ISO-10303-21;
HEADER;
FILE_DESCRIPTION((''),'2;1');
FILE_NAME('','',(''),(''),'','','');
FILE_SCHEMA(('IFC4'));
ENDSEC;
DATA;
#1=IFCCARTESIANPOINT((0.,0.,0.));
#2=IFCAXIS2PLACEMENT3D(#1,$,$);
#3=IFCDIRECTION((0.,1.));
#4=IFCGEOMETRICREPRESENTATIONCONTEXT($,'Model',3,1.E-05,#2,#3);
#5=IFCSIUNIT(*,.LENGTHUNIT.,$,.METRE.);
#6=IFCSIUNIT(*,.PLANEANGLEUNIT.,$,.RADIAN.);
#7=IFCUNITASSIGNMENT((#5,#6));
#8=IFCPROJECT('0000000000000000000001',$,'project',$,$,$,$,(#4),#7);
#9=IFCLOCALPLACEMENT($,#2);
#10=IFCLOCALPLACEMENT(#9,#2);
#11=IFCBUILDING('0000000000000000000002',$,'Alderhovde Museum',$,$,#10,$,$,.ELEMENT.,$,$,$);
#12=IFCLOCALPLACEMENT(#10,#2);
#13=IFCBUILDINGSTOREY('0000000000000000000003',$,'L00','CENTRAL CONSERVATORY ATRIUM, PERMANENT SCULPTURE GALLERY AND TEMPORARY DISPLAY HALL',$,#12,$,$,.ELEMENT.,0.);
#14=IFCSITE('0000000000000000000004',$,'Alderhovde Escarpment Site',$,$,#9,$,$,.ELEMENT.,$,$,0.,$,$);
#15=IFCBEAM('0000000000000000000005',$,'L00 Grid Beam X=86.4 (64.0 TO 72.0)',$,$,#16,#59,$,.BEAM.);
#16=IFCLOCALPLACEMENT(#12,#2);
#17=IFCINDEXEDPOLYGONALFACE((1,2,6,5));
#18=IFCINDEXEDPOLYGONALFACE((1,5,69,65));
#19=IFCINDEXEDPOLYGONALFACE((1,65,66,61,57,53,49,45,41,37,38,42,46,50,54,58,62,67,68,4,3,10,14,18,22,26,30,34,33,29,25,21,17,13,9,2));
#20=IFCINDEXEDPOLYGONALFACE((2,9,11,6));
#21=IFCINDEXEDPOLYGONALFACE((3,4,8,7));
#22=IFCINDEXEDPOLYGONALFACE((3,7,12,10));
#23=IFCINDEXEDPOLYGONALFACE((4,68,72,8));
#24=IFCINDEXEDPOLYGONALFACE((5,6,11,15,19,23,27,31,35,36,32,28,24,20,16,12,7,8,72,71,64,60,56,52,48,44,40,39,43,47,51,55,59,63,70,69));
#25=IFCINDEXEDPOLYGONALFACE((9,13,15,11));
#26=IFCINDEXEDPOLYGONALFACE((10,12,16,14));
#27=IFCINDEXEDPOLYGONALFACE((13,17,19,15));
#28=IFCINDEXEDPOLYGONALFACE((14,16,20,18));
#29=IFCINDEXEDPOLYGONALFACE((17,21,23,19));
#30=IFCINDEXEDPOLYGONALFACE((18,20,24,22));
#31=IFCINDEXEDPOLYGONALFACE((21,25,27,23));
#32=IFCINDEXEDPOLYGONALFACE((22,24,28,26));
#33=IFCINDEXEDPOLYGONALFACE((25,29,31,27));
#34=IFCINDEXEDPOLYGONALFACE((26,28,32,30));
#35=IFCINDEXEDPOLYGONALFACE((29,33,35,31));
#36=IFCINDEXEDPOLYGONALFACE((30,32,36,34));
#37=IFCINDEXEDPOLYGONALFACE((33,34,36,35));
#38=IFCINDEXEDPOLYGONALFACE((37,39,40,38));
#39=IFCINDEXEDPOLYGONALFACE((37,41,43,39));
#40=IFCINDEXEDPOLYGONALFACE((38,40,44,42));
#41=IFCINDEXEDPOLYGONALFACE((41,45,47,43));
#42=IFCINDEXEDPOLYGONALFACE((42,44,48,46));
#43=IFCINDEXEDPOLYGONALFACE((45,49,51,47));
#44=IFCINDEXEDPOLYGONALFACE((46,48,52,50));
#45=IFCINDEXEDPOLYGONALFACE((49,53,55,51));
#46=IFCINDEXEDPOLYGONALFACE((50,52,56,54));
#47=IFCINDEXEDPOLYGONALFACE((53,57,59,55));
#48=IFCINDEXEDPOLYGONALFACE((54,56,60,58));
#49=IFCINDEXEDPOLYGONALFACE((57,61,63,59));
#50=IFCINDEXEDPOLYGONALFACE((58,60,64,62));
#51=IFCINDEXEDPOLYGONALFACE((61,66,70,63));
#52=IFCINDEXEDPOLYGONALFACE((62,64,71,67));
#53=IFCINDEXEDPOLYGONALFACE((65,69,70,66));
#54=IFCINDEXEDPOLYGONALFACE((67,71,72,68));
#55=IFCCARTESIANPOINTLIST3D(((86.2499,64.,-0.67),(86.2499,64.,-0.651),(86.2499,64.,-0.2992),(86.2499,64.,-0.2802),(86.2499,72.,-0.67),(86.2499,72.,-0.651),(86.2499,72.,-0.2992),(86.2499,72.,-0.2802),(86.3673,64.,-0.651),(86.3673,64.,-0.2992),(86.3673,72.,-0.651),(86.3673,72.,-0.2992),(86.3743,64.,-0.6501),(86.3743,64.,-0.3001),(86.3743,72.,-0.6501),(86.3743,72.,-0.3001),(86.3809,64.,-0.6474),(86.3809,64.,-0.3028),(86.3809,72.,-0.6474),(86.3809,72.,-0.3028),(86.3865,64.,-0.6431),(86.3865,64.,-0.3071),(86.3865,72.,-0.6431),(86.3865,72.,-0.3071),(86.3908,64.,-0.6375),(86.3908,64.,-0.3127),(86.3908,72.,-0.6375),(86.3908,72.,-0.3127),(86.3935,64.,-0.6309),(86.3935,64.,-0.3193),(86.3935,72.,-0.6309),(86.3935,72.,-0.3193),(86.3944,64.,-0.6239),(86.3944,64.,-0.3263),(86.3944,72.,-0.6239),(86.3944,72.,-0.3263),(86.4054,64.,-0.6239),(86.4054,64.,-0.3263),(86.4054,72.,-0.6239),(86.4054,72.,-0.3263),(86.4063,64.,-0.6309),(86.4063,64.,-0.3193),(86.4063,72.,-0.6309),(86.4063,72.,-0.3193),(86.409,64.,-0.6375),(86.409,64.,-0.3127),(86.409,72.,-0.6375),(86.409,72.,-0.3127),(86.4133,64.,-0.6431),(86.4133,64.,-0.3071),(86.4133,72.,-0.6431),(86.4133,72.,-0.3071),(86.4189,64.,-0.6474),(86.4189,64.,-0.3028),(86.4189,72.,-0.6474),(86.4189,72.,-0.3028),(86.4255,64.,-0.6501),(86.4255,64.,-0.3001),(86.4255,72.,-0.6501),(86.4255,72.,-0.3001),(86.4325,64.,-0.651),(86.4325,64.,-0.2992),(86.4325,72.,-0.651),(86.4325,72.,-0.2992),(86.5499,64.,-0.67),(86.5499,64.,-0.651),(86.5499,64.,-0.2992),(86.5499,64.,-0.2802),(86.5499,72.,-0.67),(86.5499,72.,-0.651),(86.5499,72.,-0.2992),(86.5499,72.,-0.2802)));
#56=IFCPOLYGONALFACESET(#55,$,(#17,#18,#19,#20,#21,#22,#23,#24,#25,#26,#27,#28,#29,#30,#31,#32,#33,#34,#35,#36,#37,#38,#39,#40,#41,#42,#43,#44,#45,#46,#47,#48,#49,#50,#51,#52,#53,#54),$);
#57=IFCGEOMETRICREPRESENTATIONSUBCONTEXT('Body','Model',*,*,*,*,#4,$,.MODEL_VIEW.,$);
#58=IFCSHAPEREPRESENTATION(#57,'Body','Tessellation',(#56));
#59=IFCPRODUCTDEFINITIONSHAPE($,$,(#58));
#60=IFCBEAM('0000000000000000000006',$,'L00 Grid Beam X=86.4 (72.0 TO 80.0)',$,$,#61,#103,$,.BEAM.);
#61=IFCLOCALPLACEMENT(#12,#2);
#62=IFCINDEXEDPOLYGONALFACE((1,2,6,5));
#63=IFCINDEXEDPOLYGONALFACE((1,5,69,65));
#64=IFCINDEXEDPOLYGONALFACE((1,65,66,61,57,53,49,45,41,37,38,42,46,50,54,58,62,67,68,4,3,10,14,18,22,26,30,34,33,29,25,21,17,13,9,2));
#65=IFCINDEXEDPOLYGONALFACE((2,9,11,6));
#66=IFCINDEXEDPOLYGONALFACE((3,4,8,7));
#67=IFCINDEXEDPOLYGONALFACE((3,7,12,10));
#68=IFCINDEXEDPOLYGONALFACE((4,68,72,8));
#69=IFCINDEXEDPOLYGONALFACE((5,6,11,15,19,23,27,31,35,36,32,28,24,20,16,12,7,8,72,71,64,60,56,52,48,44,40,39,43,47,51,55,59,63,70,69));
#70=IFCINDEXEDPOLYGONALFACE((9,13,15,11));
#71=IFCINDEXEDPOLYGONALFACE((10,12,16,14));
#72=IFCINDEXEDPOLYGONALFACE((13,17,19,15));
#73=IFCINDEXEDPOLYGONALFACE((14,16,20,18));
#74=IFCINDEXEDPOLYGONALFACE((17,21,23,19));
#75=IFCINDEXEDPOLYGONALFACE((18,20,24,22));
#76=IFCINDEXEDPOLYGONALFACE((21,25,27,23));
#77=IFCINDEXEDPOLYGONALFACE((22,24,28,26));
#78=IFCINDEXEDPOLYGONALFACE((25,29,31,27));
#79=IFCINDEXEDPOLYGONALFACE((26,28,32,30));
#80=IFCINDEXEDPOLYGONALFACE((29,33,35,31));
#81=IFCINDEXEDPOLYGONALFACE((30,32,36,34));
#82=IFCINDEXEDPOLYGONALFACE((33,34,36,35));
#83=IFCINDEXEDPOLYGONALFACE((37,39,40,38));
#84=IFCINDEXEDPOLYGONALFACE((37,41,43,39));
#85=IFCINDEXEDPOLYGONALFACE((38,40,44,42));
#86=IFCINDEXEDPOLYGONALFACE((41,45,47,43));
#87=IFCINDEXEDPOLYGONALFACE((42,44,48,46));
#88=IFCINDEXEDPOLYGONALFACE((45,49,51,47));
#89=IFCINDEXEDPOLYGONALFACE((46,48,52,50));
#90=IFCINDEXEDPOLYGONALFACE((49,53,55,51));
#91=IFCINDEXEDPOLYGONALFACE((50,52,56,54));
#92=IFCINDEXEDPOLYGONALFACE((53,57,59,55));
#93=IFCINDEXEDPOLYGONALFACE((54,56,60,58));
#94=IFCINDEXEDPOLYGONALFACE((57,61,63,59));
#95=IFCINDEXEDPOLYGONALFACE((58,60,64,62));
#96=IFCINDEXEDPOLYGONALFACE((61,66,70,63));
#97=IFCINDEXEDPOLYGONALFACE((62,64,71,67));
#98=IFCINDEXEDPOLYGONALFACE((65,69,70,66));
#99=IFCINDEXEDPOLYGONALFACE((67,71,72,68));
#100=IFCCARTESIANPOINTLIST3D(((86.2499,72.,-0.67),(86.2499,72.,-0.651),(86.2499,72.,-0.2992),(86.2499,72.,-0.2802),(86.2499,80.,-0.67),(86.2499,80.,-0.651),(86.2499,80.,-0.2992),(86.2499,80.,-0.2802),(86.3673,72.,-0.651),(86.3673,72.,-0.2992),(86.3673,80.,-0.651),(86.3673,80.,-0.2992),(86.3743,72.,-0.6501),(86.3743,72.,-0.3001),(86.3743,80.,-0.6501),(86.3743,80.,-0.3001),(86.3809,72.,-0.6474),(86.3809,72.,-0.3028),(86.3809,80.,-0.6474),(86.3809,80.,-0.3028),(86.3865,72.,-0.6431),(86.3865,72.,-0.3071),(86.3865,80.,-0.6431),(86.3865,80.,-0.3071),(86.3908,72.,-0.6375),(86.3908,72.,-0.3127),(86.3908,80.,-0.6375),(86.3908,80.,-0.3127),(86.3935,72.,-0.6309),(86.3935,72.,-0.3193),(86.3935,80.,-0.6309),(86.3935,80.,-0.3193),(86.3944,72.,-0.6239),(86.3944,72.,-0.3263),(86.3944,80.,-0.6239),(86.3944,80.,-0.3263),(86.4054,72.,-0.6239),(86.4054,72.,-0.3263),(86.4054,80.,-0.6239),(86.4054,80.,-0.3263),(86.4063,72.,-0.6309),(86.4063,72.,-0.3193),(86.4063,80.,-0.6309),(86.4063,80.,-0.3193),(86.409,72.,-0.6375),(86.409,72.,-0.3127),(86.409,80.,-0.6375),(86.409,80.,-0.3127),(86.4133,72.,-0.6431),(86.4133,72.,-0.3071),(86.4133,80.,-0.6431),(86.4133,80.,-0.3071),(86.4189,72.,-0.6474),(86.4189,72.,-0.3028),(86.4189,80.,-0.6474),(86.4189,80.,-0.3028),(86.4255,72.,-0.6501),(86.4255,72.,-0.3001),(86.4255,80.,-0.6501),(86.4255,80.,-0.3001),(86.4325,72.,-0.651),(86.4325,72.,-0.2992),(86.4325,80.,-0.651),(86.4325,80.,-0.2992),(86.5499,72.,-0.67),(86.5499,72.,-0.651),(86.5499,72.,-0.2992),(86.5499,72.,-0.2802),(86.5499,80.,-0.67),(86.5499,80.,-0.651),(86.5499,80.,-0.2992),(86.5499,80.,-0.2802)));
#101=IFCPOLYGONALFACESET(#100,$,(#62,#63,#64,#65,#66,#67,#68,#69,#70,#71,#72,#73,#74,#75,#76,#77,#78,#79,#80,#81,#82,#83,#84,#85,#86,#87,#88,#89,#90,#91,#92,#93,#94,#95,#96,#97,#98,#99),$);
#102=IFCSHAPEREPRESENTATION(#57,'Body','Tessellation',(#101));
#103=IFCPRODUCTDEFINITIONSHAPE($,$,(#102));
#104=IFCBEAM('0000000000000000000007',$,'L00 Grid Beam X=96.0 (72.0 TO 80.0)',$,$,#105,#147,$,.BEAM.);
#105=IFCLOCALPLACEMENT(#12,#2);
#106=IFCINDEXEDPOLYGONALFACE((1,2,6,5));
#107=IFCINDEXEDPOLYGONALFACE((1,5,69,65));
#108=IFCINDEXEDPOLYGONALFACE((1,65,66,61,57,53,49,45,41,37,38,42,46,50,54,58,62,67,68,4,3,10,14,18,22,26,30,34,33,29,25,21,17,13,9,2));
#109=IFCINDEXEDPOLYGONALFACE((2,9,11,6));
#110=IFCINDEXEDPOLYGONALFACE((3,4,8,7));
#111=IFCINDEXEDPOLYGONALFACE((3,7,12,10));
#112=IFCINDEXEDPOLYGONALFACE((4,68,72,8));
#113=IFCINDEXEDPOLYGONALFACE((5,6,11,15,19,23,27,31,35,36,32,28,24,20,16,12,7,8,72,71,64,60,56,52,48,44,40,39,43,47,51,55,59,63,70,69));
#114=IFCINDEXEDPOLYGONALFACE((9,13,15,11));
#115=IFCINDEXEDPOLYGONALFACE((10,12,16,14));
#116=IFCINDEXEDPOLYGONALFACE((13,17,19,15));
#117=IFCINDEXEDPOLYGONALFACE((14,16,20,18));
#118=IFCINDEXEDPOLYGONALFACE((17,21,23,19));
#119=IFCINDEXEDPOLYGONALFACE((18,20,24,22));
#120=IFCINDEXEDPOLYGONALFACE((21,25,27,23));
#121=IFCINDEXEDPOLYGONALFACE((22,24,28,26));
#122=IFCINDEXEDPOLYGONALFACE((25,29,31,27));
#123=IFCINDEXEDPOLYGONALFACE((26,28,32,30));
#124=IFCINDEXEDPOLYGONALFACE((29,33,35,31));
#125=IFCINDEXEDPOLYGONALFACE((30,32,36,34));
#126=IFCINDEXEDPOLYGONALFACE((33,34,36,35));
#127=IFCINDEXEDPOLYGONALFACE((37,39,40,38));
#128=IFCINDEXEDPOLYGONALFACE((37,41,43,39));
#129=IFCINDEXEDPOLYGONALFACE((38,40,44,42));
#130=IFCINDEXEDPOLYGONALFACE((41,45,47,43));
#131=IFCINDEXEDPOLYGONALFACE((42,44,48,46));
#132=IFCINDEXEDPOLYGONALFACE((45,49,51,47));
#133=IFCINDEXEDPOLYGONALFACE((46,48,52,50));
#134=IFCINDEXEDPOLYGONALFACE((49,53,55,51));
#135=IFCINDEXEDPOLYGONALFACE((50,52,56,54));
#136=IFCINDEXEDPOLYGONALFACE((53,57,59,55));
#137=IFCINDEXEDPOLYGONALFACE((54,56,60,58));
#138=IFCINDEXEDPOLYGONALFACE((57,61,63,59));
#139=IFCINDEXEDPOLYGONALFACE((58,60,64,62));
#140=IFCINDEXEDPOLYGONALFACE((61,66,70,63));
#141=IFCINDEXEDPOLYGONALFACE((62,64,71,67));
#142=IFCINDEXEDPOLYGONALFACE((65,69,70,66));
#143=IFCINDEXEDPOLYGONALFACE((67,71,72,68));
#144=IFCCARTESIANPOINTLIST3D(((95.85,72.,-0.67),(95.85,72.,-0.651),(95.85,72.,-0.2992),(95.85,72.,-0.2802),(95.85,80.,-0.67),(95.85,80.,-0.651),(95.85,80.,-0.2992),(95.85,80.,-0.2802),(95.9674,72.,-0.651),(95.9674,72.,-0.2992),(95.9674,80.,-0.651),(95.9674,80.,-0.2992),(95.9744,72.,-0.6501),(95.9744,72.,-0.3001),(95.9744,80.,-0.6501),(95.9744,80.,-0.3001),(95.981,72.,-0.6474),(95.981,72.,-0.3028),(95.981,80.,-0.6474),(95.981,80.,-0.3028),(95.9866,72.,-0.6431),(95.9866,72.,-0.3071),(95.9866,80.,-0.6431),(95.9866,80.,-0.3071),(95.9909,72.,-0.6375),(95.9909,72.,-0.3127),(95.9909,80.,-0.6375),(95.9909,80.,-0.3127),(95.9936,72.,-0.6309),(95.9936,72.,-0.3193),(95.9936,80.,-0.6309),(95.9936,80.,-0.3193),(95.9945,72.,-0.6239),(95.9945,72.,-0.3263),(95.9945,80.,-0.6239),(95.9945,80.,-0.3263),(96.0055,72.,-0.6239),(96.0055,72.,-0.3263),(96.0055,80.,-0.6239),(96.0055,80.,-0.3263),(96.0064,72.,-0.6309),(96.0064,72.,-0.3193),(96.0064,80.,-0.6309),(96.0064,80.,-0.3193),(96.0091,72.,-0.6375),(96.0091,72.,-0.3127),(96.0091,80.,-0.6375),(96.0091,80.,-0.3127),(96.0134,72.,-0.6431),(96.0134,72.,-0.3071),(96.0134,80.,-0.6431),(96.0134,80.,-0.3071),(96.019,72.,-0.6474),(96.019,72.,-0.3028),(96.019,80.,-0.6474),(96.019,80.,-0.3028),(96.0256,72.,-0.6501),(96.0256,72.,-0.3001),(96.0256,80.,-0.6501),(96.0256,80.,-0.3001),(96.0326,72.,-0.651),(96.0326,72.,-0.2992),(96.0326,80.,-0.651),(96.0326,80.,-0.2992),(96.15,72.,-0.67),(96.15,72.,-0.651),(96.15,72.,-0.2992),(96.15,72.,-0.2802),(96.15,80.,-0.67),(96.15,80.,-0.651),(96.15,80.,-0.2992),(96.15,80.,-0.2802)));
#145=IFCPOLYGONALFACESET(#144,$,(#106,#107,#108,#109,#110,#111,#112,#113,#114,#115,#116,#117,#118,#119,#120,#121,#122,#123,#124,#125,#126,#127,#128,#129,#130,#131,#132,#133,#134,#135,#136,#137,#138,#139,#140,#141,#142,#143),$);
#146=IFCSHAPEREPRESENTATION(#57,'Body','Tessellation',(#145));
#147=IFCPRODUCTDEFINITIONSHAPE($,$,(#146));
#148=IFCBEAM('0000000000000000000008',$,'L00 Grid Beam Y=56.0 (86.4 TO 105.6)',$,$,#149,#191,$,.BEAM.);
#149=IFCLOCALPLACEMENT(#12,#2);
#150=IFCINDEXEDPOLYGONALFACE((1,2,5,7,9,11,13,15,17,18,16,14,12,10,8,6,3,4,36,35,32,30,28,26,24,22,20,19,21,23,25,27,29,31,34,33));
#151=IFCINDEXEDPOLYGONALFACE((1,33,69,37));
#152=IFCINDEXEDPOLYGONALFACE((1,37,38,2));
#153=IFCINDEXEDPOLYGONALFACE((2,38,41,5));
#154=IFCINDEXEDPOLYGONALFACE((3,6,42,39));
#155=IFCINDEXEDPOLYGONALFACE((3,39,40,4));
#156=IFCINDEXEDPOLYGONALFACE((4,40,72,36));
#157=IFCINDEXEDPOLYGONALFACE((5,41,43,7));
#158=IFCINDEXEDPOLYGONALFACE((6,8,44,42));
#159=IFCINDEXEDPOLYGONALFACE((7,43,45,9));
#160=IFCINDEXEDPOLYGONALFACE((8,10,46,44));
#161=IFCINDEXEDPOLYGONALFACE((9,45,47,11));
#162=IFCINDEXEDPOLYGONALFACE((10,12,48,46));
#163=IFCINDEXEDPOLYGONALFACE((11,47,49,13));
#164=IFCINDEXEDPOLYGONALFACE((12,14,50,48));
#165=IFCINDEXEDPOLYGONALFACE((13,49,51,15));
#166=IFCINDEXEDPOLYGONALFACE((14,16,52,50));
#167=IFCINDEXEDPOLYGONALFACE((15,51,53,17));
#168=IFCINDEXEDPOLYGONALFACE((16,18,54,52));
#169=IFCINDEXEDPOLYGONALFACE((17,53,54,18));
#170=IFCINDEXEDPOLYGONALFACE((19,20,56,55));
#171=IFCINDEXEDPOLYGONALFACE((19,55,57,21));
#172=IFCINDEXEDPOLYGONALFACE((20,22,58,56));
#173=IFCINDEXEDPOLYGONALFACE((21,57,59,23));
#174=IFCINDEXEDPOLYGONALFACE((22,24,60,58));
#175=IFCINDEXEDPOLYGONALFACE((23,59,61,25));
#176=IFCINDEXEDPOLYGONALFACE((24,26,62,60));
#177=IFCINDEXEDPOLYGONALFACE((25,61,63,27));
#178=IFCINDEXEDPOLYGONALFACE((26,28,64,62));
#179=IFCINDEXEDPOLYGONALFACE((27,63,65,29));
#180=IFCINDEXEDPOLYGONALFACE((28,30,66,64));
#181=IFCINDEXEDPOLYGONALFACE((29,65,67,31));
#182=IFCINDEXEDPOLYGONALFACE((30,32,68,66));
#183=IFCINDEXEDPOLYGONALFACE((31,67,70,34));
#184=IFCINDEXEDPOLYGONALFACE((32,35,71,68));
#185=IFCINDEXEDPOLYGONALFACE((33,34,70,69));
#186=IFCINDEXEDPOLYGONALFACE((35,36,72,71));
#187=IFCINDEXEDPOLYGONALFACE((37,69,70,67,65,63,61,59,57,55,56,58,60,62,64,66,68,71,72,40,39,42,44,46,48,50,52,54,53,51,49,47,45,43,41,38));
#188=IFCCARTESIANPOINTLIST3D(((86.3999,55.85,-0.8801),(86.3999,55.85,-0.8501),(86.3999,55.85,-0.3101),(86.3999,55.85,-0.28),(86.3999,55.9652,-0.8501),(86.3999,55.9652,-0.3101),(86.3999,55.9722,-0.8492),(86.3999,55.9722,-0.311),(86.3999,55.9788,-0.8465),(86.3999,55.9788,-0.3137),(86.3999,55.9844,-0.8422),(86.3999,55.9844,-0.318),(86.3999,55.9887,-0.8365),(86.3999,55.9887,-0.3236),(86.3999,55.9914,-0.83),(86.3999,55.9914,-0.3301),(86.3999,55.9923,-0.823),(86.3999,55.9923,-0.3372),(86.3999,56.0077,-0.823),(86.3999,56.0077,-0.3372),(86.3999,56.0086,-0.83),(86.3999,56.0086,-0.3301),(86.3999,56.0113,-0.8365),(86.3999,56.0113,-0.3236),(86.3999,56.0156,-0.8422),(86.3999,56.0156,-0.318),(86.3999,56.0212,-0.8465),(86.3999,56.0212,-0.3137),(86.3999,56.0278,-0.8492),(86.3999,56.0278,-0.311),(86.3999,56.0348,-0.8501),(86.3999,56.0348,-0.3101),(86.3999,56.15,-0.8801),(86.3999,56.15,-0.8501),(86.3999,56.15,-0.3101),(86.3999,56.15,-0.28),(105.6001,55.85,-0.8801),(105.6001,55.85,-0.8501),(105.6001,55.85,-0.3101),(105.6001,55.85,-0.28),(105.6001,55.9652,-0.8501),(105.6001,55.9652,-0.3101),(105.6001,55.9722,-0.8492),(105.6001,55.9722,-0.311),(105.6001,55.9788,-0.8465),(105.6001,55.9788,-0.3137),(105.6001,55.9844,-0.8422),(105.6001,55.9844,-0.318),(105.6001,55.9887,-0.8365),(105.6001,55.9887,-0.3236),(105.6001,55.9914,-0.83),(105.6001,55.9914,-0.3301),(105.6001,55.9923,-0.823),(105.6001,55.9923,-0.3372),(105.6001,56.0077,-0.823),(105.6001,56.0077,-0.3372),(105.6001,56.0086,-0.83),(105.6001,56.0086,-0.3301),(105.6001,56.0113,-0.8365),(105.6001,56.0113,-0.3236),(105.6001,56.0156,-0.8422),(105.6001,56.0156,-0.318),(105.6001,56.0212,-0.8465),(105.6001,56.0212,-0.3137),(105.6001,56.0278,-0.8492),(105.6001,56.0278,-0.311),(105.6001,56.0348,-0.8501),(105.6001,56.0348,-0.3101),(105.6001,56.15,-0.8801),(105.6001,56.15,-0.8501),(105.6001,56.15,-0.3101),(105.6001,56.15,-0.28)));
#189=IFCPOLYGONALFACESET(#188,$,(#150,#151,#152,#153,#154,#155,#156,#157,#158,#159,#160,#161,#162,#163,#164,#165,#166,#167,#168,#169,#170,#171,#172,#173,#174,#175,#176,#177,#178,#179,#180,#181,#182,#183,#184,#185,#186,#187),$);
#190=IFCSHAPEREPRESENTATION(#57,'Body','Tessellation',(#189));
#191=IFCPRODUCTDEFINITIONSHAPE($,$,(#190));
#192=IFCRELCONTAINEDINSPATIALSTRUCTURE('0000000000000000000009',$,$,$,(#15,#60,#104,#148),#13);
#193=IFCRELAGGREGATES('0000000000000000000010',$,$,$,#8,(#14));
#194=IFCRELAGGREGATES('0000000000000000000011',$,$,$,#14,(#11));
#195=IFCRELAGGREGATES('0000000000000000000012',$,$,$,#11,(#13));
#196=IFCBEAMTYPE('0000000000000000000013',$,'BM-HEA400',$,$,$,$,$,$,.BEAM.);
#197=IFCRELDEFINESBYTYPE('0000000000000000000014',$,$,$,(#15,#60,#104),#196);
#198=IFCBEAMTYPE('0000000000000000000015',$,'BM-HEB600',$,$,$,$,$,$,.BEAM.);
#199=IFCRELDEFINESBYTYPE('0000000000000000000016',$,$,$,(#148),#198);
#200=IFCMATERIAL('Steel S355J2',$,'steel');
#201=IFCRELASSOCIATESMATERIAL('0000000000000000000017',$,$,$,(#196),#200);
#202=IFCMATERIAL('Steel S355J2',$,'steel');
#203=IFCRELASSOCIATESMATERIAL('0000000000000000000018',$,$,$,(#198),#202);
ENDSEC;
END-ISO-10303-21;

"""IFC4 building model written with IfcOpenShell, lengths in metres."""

from ifc_helpers import new_model, si_unit, direction, frame, origin, origin_2d, place, context, subcontext, project, spatial, i_section, extrude, material, material_profile, profile_set, type_object, element, save


model = new_model("IFC4")

# Units and contexts
model_context = context("Model", 3, precision=1e-05, world=origin(), true_north=direction((0.0, 1.0)))
body_context = subcontext(model_context, "Body", "Model", "MODEL_VIEW")
ifc_project = project(units=[si_unit("LENGTHUNIT", "METRE"), si_unit("PLANEANGLEUNIT", "RADIAN")], contexts=[model_context])

# Site, building, storey
site_placement = place(None, origin())
site = spatial("IfcSite", under=ifc_project, at=site_placement, Name="Alderhovde Escarpment Site", CompositionType="ELEMENT", RefElevation=0.0)
building_placement = place(site_placement, origin())
building = spatial("IfcBuilding", under=site, at=building_placement, Name="Alderhovde Museum", CompositionType="ELEMENT")
storey_placement = place(building_placement, origin())
storey = spatial("IfcBuildingStorey", under=building, at=storey_placement, Name="L00", Description="CENTRAL CONSERVATORY ATRIUM, PERMANENT SCULPTURE GALLERY AND TEMPORARY DISPLAY HALL", CompositionType="ELEMENT", Elevation=0.0)

# Beams
ifc_material_1 = material(Name="Steel S355J2", Category="steel")
ifc_material_profile_1 = material_profile(ifc_material_1, i_section(OverallWidth=0.3, OverallDepth=0.3899, WebThickness=0.011, FlangeThickness=0.019, FilletRadius=0.0271, at=origin_2d()), Name="HEA 400")
ifc_profile_set_1 = profile_set([ifc_material_profile_1], Name="Steel S355J2")
beam_type_1 = type_object("IfcBeamType", Name="BM-HEA400", PredefinedType="BEAM", material=ifc_profile_set_1)
for number, where, z_axis, x_axis, name in (
    (1, (86.3999, 64.0, -0.4751), (0.0, 1.0, 0.0), (-1.0, 0.0, 0.0), "L00 Grid Beam X=86.4 (64.0 TO 72.0)"),
    (2, (86.3999, 72.0, -0.4751), (0.0, 1.0, 0.0), (-1.0, 0.0, 0.0), "L00 Grid Beam X=86.4 (72.0 TO 80.0)"),
    (3, (96.0, 72.0, -0.4751), (0.0, 1.0, 0.0), (-1.0, 0.0, 0.0), "L00 Grid Beam X=96.0 (72.0 TO 80.0)"),
):
    element("IfcBeam", number, at=place(storey_placement, frame(where, z_axis=z_axis, x_axis=x_axis)), inside=storey, type_object=beam_type_1, Name=name, PredefinedType="BEAM", context=body_context, shape_type="SweptSolid", body=[
        extrude(i_section(OverallWidth=0.3, OverallDepth=0.3899, WebThickness=0.011, FlangeThickness=0.019, FilletRadius=0.0271, at=origin_2d()), origin(), (0.0, 0.0, 1.0), 8.0),
    ])
ifc_material_2 = material(Name="Steel S355J2", Category="steel")
ifc_material_profile_2 = material_profile(ifc_material_2, i_section(OverallWidth=0.3, OverallDepth=0.6001, WebThickness=0.0154, FlangeThickness=0.03, FilletRadius=0.0271, at=origin_2d()), Name="HEB 600")
ifc_profile_set_2 = profile_set([ifc_material_profile_2], Name="Steel S355J2")
beam_type_2 = type_object("IfcBeamType", Name="BM-HEB600", PredefinedType="BEAM", material=ifc_profile_set_2)
for number, where, z_axis, x_axis, name in (
    (4, (86.3999, 56.0, -0.5801), (1.0, 0.0, 0.0), (0.0, 1.0, 0.0), "L00 Grid Beam Y=56.0 (86.4 TO 105.6)"),
):
    element("IfcBeam", number, at=place(storey_placement, frame(where, z_axis=z_axis, x_axis=x_axis)), inside=storey, type_object=beam_type_2, Name=name, PredefinedType="BEAM", context=body_context, shape_type="SweptSolid", body=[
        extrude(i_section(OverallWidth=0.3, OverallDepth=0.6001, WebThickness=0.0154, FlangeThickness=0.03, FilletRadius=0.0271, at=origin_2d()), origin(), (0.0, 0.0, 1.0), 19.2002),
    ])

save(model, "model.ifc")
